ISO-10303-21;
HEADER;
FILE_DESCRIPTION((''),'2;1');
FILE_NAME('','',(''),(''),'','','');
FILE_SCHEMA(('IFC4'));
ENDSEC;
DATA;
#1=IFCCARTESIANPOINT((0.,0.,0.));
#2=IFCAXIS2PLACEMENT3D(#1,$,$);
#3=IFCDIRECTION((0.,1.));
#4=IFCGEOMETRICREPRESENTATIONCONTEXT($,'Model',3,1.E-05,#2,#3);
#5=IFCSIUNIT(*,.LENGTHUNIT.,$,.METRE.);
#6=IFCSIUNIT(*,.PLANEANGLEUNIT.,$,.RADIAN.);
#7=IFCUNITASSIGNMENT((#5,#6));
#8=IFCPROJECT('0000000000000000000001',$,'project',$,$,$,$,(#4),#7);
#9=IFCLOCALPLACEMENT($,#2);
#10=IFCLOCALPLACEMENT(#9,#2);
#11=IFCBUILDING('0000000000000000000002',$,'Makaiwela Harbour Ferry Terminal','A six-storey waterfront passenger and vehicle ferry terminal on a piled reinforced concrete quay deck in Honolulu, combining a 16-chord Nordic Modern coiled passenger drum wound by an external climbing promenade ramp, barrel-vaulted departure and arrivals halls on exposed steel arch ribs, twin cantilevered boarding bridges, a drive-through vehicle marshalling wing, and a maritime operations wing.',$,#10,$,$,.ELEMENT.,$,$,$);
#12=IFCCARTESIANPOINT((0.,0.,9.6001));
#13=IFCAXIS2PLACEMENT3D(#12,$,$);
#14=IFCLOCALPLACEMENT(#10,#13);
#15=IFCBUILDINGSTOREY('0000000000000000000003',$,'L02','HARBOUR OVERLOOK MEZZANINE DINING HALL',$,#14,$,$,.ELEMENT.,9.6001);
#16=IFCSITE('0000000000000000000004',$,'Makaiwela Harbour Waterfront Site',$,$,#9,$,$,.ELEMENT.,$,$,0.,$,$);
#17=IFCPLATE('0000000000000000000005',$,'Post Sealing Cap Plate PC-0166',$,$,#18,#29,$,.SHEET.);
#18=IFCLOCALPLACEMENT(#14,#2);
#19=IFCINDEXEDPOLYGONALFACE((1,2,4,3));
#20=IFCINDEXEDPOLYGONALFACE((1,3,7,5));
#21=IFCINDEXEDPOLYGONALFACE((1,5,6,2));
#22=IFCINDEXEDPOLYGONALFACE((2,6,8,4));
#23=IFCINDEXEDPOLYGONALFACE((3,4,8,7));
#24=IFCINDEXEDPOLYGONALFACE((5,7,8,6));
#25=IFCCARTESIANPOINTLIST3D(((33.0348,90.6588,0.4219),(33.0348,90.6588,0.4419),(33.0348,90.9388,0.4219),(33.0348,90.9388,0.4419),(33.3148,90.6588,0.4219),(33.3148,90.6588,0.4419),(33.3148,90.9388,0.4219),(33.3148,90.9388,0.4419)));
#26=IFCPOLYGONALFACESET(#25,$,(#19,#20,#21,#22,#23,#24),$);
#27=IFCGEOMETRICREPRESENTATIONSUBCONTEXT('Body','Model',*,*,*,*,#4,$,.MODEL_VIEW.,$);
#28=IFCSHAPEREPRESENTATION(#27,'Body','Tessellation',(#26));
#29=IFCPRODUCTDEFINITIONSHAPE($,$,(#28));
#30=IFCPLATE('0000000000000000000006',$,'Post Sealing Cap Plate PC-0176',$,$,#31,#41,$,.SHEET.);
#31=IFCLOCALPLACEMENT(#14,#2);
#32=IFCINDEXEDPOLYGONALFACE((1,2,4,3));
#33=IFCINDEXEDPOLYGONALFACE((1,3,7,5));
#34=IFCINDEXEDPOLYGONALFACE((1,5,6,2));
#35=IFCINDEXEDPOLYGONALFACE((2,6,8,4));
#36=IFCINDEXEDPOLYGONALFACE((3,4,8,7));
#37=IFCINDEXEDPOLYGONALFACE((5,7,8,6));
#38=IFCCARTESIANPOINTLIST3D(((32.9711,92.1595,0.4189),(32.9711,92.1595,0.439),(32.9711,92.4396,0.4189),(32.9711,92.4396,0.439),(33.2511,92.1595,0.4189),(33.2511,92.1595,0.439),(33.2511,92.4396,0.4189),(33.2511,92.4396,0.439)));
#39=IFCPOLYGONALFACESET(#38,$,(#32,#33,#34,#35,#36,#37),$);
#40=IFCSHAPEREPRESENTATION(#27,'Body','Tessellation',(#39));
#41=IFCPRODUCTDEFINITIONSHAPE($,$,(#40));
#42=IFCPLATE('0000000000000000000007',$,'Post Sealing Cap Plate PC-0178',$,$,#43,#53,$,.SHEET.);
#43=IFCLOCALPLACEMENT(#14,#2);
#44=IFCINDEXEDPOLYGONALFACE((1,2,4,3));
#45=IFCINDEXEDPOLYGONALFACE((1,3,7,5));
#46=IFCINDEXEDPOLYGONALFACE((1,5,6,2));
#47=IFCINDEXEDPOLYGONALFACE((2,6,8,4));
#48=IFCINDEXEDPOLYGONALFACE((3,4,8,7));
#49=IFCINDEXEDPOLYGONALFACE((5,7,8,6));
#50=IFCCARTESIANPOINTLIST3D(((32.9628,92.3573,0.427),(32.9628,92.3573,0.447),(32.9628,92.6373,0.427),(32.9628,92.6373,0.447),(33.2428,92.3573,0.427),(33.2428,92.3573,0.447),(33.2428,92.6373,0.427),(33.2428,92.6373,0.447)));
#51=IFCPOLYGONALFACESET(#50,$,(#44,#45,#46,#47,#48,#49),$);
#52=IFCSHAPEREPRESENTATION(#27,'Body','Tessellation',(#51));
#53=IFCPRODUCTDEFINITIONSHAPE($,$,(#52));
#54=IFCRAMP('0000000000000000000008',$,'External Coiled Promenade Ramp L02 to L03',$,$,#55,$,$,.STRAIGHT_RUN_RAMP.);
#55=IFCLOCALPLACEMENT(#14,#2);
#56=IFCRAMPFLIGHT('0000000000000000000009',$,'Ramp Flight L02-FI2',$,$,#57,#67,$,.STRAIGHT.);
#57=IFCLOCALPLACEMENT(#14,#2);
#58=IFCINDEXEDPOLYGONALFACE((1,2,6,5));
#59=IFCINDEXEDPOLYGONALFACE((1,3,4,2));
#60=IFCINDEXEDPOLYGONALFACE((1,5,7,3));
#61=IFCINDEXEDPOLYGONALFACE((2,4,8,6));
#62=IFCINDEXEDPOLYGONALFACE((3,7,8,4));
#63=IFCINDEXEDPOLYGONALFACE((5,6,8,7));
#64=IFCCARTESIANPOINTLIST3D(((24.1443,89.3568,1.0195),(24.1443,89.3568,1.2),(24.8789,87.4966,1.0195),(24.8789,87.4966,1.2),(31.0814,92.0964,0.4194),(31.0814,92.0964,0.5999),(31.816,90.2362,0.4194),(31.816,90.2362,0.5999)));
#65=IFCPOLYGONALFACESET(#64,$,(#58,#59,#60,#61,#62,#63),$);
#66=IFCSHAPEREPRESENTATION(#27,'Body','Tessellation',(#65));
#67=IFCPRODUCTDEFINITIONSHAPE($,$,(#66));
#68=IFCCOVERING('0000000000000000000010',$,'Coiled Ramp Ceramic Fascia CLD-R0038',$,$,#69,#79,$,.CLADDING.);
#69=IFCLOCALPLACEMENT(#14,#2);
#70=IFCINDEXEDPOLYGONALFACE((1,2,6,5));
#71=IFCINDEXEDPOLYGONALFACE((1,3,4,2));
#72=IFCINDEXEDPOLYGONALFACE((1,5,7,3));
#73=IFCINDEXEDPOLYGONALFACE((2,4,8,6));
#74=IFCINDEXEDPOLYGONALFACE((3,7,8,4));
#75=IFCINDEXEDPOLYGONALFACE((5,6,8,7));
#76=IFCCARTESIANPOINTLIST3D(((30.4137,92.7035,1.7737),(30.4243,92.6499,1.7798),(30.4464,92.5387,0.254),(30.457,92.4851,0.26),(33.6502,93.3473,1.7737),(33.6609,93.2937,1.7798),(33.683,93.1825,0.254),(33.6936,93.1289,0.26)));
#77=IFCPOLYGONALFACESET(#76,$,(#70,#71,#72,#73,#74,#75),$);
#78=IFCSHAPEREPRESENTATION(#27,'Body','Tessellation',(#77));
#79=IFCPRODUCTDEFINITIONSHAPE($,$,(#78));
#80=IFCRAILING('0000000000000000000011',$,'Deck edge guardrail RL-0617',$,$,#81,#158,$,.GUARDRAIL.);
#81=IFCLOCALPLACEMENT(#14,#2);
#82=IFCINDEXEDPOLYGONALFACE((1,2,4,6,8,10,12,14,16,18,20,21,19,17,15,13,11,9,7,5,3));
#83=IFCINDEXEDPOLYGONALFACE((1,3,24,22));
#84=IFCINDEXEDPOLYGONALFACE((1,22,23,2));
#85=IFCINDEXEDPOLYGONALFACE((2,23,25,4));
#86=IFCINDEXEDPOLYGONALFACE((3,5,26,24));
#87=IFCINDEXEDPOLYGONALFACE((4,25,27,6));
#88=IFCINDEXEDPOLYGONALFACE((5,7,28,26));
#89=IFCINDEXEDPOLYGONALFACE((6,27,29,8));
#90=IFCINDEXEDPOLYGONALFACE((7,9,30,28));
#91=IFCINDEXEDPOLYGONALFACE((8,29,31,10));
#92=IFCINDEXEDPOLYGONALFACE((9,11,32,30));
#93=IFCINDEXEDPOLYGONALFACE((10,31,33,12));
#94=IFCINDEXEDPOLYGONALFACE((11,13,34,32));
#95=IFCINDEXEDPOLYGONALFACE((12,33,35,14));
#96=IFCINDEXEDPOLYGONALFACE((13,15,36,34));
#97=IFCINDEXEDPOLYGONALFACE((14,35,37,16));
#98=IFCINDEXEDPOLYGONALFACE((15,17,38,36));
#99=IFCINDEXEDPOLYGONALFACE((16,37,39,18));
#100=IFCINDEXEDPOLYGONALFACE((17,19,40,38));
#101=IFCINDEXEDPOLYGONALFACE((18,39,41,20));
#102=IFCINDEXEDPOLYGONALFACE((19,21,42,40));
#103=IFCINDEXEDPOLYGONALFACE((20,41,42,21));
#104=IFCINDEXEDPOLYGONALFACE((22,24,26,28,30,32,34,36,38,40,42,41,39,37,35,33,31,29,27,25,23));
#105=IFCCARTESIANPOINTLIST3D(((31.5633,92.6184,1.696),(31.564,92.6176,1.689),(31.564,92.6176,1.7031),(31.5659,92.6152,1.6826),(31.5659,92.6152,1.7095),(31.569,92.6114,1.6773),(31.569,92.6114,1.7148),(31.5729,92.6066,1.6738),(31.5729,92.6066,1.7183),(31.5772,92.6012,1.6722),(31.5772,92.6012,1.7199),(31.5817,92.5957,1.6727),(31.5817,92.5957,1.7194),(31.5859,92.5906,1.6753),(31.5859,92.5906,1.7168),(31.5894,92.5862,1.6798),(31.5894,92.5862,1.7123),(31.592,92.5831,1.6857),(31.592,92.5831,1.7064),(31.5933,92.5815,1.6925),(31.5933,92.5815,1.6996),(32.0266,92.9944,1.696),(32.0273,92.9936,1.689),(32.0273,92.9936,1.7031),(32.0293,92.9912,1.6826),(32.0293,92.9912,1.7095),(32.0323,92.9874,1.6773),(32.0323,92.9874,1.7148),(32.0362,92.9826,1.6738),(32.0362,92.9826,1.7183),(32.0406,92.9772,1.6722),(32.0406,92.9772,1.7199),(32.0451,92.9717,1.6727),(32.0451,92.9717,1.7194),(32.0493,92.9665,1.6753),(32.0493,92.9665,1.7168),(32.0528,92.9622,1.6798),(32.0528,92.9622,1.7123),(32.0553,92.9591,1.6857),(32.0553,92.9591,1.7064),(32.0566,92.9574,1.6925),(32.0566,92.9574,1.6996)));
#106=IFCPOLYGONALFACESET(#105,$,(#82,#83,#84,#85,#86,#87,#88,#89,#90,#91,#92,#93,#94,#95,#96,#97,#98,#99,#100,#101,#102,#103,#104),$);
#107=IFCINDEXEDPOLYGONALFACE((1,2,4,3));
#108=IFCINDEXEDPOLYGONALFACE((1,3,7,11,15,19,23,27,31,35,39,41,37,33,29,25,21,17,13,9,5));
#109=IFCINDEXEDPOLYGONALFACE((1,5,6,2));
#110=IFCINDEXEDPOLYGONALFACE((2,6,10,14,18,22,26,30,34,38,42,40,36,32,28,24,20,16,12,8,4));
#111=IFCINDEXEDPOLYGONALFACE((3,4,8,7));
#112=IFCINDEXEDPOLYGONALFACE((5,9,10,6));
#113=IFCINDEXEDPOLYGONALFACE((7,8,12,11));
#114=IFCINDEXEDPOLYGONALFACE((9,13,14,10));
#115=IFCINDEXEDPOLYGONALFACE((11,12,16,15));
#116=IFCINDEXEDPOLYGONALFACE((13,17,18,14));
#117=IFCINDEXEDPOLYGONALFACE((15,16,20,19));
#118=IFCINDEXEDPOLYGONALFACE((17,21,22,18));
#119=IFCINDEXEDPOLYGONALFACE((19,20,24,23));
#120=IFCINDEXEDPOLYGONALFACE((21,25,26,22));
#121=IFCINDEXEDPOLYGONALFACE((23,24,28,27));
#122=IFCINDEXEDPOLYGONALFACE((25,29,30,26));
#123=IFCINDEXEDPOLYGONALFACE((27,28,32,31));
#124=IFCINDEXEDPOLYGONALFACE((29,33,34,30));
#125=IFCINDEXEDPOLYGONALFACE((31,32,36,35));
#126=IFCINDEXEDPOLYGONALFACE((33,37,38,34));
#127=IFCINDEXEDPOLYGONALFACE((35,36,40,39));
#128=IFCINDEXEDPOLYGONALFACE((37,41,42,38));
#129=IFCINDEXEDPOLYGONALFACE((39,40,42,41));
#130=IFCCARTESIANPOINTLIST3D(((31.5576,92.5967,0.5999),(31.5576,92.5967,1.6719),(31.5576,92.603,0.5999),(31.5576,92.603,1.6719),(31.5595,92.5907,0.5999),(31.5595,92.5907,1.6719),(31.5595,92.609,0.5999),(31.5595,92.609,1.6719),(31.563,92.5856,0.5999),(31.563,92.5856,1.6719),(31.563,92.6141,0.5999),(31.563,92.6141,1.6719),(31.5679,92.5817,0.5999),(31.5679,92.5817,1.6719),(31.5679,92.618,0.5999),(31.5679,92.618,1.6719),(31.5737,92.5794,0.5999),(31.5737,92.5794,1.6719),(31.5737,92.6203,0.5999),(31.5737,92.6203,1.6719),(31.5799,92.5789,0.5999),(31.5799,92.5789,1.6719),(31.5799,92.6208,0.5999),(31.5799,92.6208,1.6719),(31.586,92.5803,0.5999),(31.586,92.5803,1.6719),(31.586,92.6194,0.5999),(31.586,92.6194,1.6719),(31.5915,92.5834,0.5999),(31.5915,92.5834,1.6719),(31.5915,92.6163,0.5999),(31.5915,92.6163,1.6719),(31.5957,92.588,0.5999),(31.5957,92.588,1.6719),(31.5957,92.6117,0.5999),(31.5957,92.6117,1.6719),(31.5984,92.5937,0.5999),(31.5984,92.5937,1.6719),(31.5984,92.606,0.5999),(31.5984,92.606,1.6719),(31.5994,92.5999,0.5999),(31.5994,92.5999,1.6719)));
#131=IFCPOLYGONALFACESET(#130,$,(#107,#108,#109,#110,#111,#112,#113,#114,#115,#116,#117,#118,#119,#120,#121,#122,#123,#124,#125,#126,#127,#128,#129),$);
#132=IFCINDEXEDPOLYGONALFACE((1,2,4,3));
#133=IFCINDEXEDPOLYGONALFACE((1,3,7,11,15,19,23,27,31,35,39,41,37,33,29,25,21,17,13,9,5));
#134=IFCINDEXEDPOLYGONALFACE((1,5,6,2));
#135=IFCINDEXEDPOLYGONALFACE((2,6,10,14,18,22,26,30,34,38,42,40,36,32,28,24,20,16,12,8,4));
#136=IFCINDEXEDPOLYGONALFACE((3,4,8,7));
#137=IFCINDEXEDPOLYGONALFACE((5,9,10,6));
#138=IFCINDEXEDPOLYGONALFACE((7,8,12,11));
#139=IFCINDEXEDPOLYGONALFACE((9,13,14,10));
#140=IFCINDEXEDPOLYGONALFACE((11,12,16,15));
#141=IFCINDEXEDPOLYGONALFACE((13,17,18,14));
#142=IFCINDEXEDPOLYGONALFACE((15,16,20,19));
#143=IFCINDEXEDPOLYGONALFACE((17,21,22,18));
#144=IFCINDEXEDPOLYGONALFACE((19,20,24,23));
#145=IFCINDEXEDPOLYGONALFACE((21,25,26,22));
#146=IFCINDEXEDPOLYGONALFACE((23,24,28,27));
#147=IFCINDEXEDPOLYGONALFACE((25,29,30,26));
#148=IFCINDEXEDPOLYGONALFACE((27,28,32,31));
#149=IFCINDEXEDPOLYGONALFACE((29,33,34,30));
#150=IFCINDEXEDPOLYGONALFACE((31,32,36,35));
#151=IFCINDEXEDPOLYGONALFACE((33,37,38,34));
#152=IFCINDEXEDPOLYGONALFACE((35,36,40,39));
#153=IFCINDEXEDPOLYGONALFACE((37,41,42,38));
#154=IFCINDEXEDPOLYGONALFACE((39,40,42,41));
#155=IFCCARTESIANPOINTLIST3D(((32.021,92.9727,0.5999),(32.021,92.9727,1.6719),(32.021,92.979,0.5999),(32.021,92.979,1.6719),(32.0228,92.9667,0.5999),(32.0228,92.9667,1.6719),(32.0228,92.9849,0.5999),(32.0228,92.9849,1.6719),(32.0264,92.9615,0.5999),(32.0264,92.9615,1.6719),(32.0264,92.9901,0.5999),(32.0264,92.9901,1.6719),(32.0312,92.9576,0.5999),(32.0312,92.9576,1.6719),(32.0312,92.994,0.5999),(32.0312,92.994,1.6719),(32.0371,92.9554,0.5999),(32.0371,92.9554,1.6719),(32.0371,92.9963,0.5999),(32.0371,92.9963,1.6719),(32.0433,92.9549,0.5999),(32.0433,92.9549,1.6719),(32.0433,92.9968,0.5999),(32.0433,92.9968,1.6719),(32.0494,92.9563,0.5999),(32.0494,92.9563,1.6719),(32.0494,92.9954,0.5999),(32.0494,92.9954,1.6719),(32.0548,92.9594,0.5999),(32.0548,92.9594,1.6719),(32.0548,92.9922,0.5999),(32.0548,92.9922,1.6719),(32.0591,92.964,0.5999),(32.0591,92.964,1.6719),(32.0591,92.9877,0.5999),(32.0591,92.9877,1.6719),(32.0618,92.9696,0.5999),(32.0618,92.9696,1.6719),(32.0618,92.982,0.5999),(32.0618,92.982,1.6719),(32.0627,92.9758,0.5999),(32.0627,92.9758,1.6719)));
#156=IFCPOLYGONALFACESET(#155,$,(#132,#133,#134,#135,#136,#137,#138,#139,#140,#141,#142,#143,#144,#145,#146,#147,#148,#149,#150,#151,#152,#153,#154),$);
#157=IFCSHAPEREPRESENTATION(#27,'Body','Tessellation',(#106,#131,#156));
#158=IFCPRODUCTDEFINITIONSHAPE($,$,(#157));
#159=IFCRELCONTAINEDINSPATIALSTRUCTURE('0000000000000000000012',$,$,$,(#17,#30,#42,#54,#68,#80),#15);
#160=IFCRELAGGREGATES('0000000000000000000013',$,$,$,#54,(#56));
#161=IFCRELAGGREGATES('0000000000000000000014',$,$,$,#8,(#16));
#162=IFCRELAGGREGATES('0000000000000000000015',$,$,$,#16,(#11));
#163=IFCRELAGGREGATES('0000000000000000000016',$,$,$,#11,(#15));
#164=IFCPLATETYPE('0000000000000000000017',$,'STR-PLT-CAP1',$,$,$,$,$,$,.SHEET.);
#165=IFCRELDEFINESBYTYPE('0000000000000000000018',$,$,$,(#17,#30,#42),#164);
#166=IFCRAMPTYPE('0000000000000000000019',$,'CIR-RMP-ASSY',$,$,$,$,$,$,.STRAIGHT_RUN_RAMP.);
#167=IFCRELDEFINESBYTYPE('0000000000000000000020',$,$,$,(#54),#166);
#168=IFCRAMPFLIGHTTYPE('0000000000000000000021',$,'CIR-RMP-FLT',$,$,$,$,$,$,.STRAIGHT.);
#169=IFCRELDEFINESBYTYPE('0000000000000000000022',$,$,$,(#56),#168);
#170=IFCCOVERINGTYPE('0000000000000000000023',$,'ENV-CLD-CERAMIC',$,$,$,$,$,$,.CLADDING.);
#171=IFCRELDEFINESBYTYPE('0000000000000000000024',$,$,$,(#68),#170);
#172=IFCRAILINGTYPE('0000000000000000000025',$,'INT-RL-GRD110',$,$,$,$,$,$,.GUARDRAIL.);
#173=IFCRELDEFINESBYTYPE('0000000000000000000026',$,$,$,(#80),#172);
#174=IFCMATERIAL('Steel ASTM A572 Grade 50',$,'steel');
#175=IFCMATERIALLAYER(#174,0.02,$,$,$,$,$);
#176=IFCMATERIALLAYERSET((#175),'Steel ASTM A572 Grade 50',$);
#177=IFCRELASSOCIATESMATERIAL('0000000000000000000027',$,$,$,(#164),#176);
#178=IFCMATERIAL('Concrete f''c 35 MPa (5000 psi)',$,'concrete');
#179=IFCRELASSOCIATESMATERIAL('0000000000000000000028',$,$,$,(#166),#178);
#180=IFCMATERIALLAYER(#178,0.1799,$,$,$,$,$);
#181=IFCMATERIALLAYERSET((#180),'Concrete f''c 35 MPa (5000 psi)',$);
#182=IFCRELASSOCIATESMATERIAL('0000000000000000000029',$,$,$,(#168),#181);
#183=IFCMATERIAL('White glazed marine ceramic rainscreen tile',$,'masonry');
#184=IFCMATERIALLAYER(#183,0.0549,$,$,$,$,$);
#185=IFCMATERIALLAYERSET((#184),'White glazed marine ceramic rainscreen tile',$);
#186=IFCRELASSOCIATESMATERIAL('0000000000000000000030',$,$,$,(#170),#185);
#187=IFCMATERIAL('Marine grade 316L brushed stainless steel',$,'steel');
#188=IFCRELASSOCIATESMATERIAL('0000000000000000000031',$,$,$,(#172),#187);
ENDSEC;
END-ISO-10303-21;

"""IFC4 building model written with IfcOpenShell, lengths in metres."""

from ifc_helpers import new_model, si_unit, direction, frame, origin, origin_2d, place, context, subcontext, project, spatial, polyline, rectangle, circle, outline, extrude, material, layer, layer_set, type_object, element, aggregate, save


model = new_model("IFC4")

# Units and contexts
model_context = context("Model", 3, precision=1e-05, world=origin(), true_north=direction((0.0, 1.0)))
body_context = subcontext(model_context, "Body", "Model", "MODEL_VIEW")
ifc_project = project(units=[si_unit("LENGTHUNIT", "METRE"), si_unit("PLANEANGLEUNIT", "RADIAN")], contexts=[model_context])

# Site, building, storey
site_placement = place(None, origin())
site = spatial("IfcSite", under=ifc_project, at=site_placement, Name="Makaiwela Harbour Waterfront Site", CompositionType="ELEMENT", RefElevation=0.0)
building_placement = place(site_placement, origin())
building = spatial("IfcBuilding", under=site, at=building_placement, Name="Makaiwela Harbour Ferry Terminal", Description="A six-storey waterfront passenger and vehicle ferry terminal on a piled reinforced concrete quay deck in Honolulu, combining a 16-chord Nordic Modern coiled passenger drum wound by an external climbing promenade ramp, barrel-vaulted departure and arrivals halls on exposed steel arch ribs, twin cantilevered boarding bridges, a drive-through vehicle marshalling wing, and a maritime operations wing.", CompositionType="ELEMENT")
storey_placement = place(building_placement, frame((0.0, 0.0, 9.6001)))
storey = spatial("IfcBuildingStorey", under=building, at=storey_placement, Name="L02", Description="HARBOUR OVERLOOK MEZZANINE DINING HALL", CompositionType="ELEMENT", Elevation=9.6001)

# Plates
ifc_material_1 = material(Name="Steel ASTM A572 Grade 50", Category="steel")
ifc_layer_1 = layer(ifc_material_1, 0.02)
ifc_layer_set_1 = layer_set([ifc_layer_1], Name="Steel ASTM A572 Grade 50")
plate_type_1 = type_object("IfcPlateType", Name="STR-PLT-CAP1", PredefinedType="SHEET", material=ifc_layer_set_1)
for number, where, z_axis, x_axis, name in (
    (1, (33.1748, 90.7988, 0.4219), (0.0, 0.0, 1.0), (1.0, 0.0, 0.0), "Post Sealing Cap Plate PC-0166"),
    (2, (33.1111, 92.2996, 0.4189), (0.0, 0.0, 1.0), (1.0, 0.0, 0.0), "Post Sealing Cap Plate PC-0176"),
    (3, (33.1028, 92.4973, 0.427), (0.0, 0.0, 1.0), (1.0, 0.0, 0.0), "Post Sealing Cap Plate PC-0178"),
):
    element("IfcPlate", number, at=place(storey_placement, frame(where, z_axis=z_axis, x_axis=x_axis)), inside=storey, type_object=plate_type_1, Name=name, PredefinedType="SHEET", context=body_context, shape_type="SweptSolid", body=[
        extrude(rectangle(XDim=0.28, YDim=0.28, at=origin_2d()), origin(), (0.0, 0.0, 1.0), 0.02),
    ])

# Ramp, ramp flight
ifc_material_2 = material(Name="Concrete f'c 35 MPa (5000 psi)", Category="concrete")
ramp_type = type_object("IfcRampType", Name="CIR-RMP-ASSY", PredefinedType="STRAIGHT_RUN_RAMP", material=ifc_material_2)
ramp_placement = place(storey_placement, origin())
ramp = element("IfcRamp", 4, at=ramp_placement, inside=storey, type_object=ramp_type, Name="External Coiled Promenade Ramp L02 to L03", PredefinedType="STRAIGHT_RUN_RAMP")
ifc_layer_2 = layer(ifc_material_2, 0.1799)
ifc_layer_set_2 = layer_set([ifc_layer_2], Name="Concrete f'c 35 MPa (5000 psi)")
ramp_flight_type = type_object("IfcRampFlightType", Name="CIR-RMP-FLT", PredefinedType="STRAIGHT", material=ifc_layer_set_2)
ramp_flight_placement = place(storey_placement, frame((31.4487, 91.1663, 0.5999), z_axis=(0.0, 0.0, 1.0), x_axis=(-0.930097, -0.367313, 0.0)))
ramp_flight = element("IfcRampFlight", 5, at=ramp_flight_placement, type_object=ramp_flight_type, Name="Ramp Flight L02-FI2", PredefinedType="STRAIGHT", context=body_context, shape_type="SweptSolid", body=[
    extrude(outline(polyline([(0.0, 0.0), (7.4585, 0.6001), (7.4585, 0.4197), (0.0, -0.1804), (0.0, 0.0)])), frame((0.0, 1.0, 0.0), z_axis=(0.0, -1.0, 0.0), x_axis=(1.0, 0.0, 0.0)), (0.0, 0.0, 1.0), 2.0),
])
aggregate(ramp, [ramp_flight])

# Covering
ifc_material_3 = material(Name="White glazed marine ceramic rainscreen tile", Category="masonry")
ifc_layer_3 = layer(ifc_material_3, 0.0549)
ifc_layer_set_3 = layer_set([ifc_layer_3], Name="White glazed marine ceramic rainscreen tile")
covering_type = type_object("IfcCoveringType", Name="ENV-CLD-CERAMIC", PredefinedType="CLADDING", material=ifc_layer_set_3)
covering_placement = place(storey_placement, frame((33.6936, 93.1289, 0.26), z_axis=(0.19391, -0.974846, 0.10988), x_axis=(-0.980785, -0.195092, 0.0)))
element("IfcCovering", 6, at=covering_placement, inside=storey, type_object=covering_type, Name="Coiled Ramp Ceramic Fascia CLD-R0038", PredefinedType="CLADDING", context=body_context, shape_type="SweptSolid", body=[
    extrude(outline(polyline([(0.0, 0.0), (3.3, 0.0), (3.2999, -1.529), (-0.0001, -1.529), (0.0, 0.0)])), origin(), (0.0, 0.0, -1.0), 0.0549),
])

# Railing
ifc_material_4 = material(Name="Marine grade 316L brushed stainless steel", Category="steel")
railing_type_1 = type_object("IfcRailingType", Name="INT-RL-GRD110", PredefinedType="GUARDRAIL", material=ifc_material_4)
railing_1_placement = place(storey_placement, frame((31.5784, 92.5999, 0.5999)))
element("IfcRailing", 7, at=railing_1_placement, inside=storey, type_object=railing_type_1, Name="Deck edge guardrail RL-0617", PredefinedType="GUARDRAIL", context=body_context, shape_type="SweptSolid", body=[
    extrude(circle(Radius=0.0239, at=origin_2d()), frame((0.0, 0.0, 1.0962), z_axis=(0.776539, 0.630069, 0.0), x_axis=(-0.630069, 0.776539, 0.0)), (0.0, 0.0, 1.0), 0.5967),
    extrude(circle(Radius=0.021, at=origin_2d()), origin(), (0.0, 0.0, 1.0), 1.072),
    extrude(circle(Radius=0.021, at=origin_2d()), frame((0.4634, 0.376, 0.0)), (0.0, 0.0, 1.0), 1.072),
])

save(model, "model.ifc")
